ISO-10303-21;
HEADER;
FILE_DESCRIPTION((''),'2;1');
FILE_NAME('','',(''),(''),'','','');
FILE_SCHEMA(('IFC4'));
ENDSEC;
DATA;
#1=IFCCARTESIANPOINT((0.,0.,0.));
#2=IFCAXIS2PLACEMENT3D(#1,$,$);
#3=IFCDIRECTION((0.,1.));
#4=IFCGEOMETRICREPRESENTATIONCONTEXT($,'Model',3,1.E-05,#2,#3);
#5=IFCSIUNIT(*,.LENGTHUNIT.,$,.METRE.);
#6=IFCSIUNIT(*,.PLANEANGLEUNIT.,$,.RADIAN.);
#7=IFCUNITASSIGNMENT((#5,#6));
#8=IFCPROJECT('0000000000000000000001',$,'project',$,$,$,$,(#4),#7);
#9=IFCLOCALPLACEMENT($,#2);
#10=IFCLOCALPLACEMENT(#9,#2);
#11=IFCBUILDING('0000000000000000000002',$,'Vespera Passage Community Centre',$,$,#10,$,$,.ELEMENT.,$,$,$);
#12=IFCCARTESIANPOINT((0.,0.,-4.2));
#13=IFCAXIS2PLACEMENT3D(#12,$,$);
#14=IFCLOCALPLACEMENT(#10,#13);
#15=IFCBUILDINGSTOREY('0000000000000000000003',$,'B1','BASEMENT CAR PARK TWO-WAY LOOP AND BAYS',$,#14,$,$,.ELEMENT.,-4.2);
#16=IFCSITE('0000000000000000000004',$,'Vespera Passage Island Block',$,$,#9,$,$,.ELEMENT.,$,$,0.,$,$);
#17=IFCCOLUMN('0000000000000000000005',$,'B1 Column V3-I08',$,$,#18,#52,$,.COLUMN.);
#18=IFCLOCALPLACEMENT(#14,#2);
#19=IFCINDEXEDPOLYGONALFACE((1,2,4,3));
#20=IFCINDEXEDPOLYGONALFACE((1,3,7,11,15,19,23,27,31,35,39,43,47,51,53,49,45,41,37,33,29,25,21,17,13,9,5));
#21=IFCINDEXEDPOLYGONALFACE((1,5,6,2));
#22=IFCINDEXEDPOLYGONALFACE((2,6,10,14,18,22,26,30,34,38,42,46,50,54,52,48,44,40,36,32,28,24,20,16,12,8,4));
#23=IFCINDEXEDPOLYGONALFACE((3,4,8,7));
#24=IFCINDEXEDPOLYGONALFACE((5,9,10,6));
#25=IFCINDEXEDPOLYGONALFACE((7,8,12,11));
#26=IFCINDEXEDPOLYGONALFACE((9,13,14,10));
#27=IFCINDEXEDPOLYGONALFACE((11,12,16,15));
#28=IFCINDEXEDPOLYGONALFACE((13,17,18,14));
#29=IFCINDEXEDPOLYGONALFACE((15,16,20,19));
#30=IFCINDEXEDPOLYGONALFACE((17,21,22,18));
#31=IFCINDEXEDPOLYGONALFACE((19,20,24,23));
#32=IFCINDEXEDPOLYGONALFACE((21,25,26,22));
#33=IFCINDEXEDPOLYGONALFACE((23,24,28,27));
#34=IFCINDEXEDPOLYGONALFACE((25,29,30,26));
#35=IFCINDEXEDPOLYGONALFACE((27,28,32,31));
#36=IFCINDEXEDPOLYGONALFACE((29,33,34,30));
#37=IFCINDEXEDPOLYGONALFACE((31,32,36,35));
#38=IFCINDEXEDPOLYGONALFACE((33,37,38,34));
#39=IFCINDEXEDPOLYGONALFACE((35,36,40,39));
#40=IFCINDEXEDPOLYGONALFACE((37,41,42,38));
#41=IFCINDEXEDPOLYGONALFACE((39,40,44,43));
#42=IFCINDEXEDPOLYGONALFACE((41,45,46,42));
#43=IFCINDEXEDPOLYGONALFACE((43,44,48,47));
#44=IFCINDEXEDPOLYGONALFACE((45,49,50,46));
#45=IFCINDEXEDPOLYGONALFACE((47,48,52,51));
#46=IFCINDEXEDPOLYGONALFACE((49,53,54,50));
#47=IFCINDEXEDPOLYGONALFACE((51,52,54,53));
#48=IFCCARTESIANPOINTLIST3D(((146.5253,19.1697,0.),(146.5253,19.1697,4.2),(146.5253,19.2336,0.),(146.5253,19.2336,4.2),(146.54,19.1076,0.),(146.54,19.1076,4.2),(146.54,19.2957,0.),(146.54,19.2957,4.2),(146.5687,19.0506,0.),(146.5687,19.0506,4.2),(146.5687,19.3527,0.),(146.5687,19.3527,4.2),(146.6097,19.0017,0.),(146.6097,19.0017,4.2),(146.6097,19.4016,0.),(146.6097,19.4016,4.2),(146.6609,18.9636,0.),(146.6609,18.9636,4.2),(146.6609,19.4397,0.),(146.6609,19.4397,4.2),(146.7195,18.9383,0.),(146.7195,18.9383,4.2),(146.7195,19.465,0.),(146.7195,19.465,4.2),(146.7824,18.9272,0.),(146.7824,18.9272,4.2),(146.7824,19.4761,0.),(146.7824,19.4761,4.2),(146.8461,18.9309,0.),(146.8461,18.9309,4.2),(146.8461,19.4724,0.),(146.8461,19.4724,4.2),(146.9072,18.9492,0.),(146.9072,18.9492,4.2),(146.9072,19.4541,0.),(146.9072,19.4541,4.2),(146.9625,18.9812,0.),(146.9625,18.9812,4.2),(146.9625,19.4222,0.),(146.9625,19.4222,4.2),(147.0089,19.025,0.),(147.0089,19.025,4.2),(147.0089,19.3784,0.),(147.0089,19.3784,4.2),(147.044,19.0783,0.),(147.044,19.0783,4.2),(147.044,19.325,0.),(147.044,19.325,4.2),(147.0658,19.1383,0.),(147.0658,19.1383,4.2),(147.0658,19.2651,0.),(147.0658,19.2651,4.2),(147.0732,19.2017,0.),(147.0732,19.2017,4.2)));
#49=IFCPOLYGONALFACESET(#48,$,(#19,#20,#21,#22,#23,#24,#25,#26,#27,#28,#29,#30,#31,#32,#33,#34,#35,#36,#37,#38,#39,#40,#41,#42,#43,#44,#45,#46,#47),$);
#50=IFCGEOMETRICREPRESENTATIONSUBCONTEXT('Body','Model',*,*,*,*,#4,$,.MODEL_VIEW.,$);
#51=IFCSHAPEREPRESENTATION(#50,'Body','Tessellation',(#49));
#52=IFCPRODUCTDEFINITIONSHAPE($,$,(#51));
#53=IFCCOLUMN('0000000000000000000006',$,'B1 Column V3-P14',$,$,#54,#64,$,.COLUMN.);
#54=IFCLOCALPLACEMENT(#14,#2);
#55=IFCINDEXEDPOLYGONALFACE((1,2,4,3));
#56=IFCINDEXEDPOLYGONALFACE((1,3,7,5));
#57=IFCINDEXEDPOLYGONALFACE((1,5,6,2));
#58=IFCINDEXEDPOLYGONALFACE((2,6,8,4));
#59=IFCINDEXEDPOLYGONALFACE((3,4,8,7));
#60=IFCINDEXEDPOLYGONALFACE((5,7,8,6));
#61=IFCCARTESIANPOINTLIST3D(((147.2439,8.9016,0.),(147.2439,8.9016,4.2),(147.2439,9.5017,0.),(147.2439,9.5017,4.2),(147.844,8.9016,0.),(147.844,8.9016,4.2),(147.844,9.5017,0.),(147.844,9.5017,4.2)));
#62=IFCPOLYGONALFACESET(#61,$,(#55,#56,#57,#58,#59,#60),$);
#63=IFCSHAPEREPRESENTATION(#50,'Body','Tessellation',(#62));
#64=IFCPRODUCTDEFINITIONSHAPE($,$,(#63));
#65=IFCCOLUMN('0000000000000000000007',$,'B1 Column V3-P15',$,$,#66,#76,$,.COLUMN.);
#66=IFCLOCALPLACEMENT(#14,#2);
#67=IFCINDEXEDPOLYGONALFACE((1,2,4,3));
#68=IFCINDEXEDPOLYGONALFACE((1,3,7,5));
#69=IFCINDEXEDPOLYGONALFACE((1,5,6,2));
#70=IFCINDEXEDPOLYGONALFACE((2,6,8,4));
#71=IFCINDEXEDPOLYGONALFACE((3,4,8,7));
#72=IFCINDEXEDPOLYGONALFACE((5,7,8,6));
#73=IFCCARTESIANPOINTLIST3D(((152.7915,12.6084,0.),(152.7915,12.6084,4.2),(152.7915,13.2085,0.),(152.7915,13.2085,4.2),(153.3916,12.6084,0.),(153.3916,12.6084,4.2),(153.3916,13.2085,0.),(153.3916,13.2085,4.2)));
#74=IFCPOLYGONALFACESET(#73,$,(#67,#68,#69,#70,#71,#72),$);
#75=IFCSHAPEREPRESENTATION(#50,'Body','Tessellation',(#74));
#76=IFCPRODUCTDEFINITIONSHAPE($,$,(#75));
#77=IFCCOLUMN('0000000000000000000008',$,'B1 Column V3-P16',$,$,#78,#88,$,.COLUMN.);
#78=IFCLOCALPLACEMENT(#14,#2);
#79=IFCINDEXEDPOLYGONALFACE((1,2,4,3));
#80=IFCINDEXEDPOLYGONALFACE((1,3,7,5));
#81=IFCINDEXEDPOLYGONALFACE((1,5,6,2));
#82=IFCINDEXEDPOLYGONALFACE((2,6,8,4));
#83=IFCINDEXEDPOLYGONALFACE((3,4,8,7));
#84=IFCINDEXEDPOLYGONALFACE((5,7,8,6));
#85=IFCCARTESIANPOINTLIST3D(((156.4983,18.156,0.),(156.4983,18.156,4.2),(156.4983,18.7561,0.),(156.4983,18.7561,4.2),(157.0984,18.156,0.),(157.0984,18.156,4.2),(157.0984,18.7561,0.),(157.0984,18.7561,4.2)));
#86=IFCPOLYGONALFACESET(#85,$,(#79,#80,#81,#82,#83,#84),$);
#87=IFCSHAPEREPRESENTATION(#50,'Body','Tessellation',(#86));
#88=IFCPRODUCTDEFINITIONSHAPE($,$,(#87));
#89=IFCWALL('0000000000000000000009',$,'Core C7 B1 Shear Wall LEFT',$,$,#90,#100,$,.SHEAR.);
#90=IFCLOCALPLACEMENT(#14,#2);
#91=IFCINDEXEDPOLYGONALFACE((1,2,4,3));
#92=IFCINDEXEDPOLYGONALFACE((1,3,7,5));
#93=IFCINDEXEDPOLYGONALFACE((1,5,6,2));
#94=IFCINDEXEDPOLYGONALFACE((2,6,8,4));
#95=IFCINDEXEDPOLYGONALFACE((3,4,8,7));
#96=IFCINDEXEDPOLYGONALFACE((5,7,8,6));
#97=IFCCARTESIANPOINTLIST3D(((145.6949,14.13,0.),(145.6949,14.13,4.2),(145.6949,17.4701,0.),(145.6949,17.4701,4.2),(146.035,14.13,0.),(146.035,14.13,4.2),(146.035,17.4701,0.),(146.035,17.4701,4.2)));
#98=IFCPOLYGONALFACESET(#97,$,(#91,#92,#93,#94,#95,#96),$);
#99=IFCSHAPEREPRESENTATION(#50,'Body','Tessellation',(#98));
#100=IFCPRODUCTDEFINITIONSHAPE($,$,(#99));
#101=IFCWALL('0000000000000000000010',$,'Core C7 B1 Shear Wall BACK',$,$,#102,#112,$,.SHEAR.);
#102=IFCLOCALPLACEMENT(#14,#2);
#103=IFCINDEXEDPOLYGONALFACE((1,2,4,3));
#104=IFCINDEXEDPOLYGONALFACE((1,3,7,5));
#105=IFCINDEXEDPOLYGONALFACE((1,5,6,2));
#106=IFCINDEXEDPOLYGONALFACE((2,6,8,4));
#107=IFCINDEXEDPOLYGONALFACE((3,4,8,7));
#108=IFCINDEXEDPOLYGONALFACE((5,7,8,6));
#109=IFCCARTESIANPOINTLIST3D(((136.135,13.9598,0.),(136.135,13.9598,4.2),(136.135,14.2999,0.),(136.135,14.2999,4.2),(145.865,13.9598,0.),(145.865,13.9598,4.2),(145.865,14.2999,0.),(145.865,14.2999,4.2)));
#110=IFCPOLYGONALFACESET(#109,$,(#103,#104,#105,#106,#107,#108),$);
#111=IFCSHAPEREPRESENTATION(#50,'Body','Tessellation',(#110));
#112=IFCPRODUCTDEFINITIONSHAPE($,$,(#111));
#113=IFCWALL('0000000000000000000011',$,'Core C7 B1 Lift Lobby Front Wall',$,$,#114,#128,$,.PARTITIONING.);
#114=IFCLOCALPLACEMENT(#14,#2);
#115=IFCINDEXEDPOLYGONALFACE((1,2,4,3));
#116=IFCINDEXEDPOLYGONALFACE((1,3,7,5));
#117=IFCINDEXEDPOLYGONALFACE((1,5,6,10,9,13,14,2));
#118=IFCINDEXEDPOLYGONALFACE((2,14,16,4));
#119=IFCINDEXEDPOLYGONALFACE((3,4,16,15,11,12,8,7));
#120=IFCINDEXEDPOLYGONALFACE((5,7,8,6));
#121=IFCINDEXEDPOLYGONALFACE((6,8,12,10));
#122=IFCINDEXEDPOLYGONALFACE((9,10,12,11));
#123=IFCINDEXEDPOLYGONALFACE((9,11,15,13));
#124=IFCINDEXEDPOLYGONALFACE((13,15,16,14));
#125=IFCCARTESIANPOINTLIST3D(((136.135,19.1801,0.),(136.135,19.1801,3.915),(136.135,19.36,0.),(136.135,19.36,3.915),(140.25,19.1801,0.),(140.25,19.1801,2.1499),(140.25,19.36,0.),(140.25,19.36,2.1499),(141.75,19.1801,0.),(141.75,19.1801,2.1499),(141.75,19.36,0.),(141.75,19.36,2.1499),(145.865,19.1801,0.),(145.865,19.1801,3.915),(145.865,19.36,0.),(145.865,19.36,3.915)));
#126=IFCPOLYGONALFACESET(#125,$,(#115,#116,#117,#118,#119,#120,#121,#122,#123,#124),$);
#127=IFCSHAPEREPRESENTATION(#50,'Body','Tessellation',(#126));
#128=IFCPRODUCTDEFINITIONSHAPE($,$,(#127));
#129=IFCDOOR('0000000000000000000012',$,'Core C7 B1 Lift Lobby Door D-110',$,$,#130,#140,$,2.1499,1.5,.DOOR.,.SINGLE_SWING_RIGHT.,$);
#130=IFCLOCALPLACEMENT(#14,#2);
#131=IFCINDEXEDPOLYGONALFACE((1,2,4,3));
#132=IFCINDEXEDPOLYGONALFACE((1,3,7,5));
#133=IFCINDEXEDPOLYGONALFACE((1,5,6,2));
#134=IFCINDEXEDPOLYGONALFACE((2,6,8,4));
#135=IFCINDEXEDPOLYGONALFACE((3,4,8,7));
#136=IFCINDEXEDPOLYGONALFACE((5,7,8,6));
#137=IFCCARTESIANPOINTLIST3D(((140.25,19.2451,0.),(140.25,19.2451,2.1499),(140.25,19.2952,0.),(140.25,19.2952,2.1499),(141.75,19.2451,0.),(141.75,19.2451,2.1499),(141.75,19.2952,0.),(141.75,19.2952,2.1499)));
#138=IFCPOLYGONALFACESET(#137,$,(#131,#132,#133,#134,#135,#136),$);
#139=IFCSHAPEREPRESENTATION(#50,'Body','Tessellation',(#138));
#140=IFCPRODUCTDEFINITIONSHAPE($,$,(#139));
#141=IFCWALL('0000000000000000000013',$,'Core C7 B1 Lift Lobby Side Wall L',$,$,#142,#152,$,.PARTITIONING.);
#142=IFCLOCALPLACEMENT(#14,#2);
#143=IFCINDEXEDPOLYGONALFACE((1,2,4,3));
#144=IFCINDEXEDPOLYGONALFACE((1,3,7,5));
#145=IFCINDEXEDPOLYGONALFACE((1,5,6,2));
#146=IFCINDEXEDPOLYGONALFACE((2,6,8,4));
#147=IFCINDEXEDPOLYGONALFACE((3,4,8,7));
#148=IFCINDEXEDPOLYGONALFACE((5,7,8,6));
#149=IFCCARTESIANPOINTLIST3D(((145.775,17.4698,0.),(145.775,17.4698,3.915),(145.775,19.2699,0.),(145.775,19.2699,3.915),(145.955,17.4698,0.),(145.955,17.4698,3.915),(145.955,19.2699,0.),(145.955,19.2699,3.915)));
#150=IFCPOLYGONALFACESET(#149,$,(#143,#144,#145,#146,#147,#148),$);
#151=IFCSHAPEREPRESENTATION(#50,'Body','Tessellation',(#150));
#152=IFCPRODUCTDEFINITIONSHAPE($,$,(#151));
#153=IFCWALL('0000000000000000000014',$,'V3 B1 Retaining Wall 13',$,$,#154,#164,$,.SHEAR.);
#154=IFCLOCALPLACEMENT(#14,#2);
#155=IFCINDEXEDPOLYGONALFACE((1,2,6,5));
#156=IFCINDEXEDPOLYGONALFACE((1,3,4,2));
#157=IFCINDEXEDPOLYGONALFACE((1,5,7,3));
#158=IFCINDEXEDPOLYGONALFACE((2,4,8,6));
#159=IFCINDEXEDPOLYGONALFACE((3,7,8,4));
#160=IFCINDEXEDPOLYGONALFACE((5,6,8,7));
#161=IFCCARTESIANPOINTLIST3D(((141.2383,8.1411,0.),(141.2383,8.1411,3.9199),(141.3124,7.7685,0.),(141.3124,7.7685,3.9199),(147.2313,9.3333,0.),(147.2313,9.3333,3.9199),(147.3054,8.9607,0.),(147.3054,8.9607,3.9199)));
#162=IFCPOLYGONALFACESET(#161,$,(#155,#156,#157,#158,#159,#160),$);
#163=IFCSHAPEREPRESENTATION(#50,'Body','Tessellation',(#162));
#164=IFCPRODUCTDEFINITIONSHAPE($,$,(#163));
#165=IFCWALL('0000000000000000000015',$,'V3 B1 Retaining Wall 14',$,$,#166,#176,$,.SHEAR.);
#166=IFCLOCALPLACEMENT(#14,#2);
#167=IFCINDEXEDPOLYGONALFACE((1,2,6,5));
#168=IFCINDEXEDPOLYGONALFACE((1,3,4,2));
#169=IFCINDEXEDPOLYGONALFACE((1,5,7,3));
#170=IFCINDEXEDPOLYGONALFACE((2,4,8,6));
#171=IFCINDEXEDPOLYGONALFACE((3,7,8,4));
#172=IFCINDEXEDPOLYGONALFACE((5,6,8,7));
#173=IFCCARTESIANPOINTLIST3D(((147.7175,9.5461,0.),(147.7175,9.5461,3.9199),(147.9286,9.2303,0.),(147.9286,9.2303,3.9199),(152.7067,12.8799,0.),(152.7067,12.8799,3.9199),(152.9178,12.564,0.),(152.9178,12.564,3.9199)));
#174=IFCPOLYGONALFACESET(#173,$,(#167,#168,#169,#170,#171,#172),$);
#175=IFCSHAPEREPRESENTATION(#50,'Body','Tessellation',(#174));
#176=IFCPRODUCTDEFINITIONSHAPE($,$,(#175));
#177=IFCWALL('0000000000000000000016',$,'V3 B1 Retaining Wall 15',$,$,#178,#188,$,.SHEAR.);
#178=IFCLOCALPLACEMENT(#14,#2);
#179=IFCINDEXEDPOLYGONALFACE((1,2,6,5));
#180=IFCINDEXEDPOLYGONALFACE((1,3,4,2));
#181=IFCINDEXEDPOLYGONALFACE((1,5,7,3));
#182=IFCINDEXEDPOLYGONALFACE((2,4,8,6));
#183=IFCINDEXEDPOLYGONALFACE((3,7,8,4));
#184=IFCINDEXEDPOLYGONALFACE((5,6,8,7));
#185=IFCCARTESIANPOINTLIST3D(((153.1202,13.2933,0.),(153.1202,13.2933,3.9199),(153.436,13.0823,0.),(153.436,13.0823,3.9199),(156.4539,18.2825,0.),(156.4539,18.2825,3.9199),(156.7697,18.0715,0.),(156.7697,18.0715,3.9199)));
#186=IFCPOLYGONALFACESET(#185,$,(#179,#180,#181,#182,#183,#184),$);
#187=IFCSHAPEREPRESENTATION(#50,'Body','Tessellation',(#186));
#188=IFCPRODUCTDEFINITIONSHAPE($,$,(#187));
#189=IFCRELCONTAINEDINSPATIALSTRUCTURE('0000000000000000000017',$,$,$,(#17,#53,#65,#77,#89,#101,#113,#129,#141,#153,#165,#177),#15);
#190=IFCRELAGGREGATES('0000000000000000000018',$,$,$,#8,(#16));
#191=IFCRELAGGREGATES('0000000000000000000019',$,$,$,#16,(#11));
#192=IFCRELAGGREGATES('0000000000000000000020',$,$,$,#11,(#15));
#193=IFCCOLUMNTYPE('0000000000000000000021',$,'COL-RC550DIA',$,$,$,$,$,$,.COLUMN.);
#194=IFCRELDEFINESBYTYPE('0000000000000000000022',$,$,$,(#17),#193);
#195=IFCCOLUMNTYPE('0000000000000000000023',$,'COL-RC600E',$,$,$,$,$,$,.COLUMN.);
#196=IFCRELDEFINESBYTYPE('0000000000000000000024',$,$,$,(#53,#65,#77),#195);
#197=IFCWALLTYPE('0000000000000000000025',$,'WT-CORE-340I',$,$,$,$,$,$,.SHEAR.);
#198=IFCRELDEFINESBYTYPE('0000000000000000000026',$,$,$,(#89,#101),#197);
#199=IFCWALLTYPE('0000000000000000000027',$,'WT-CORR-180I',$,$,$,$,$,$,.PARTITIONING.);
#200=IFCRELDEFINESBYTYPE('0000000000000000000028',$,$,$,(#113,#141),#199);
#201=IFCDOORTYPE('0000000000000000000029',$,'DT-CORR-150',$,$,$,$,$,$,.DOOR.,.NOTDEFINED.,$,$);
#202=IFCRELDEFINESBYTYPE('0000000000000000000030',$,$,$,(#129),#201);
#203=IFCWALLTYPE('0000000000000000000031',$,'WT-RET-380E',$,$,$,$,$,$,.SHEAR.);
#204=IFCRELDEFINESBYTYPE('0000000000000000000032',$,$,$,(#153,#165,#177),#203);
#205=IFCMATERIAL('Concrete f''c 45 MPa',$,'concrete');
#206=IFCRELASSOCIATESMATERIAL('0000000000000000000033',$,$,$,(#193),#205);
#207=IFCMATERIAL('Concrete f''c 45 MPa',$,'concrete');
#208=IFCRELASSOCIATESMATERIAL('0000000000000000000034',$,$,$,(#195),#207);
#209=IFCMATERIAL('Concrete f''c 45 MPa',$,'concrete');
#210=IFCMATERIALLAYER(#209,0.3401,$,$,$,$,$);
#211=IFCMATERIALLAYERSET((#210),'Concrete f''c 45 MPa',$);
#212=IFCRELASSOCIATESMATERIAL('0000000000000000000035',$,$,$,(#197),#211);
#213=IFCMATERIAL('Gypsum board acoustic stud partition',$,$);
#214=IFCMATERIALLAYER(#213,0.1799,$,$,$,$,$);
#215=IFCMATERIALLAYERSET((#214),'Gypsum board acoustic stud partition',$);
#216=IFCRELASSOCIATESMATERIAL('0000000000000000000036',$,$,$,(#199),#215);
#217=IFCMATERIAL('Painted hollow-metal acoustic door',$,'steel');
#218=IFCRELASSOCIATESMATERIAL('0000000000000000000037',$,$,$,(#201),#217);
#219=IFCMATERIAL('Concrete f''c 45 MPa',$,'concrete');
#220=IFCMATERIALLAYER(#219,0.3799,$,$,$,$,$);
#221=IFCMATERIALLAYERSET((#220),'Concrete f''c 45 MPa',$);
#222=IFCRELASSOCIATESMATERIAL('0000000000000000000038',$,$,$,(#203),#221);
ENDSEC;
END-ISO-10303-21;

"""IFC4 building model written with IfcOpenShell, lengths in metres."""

from ifc_helpers import new_model, si_unit, direction, frame, frame_2d, origin, origin_2d, place, context, subcontext, project, spatial, rectangle, circle, extrude, material, layer, layer_set, material_profile, profile_set, type_object, element, fill, save


model = new_model("IFC4")

# Units and contexts
model_context = context("Model", 3, precision=1e-05, world=origin(), true_north=direction((0.0, 1.0)))
body_context = subcontext(model_context, "Body", "Model", "MODEL_VIEW")
ifc_project = project(units=[si_unit("LENGTHUNIT", "METRE"), si_unit("PLANEANGLEUNIT", "RADIAN")], contexts=[model_context])

# Site, building, storey
site_placement = place(None, origin())
site = spatial("IfcSite", under=ifc_project, at=site_placement, Name="Vespera Passage Island Block", CompositionType="ELEMENT", RefElevation=0.0)
building_placement = place(site_placement, origin())
building = spatial("IfcBuilding", under=site, at=building_placement, Name="Vespera Passage Community Centre", CompositionType="ELEMENT")
storey_placement = place(building_placement, frame((0.0, 0.0, -4.2)))
storey = spatial("IfcBuildingStorey", under=building, at=storey_placement, Name="B1", Description="BASEMENT CAR PARK TWO-WAY LOOP AND BAYS", CompositionType="ELEMENT", Elevation=-4.2)

# Columns
ifc_material_1 = material(Name="Concrete f'c 45 MPa", Category="concrete")
ifc_material_profile_1 = material_profile(ifc_material_1, circle(Radius=0.2749, at=origin_2d()), Name="RC550DIA")
ifc_profile_set_1 = profile_set([ifc_material_profile_1], Name="Concrete f'c 45 MPa")
column_type_1 = type_object("IfcColumnType", Name="COL-RC550DIA", PredefinedType="COLUMN", material=ifc_profile_set_1)
column_placement = place(storey_placement, frame((146.7983, 19.2017, 0.0), z_axis=(0.0, 0.0, 1.0), x_axis=(1.0, 0.0, 0.0)))
element("IfcColumn", 1, at=column_placement, inside=storey, type_object=column_type_1, Name="B1 Column V3-I08", PredefinedType="COLUMN", context=body_context, shape_type="SweptSolid", body=[
    extrude(circle(Radius=0.2749, at=origin_2d()), origin(), (0.0, 0.0, 1.0), 4.2),
])
ifc_material_2 = material(Name="Concrete f'c 45 MPa", Category="concrete")
ifc_material_profile_2 = material_profile(ifc_material_2, rectangle(XDim=0.6001, YDim=0.6001, at=origin_2d()), Name="RC600X600")
ifc_profile_set_2 = profile_set([ifc_material_profile_2], Name="Concrete f'c 45 MPa")
column_type_2 = type_object("IfcColumnType", Name="COL-RC600E", PredefinedType="COLUMN", material=ifc_profile_set_2)
for number, where, z_axis, x_axis, name in (
    (2, (147.5439, 9.2017, 0.0), (0.0, 0.0, 1.0), (1.0, 0.0, 0.0), "B1 Column V3-P14"),
    (3, (153.0916, 12.9084, 0.0), (0.0, 0.0, 1.0), (1.0, 0.0, 0.0), "B1 Column V3-P15"),
    (4, (156.7983, 18.4561, 0.0), (0.0, 0.0, 1.0), (1.0, 0.0, 0.0), "B1 Column V3-P16"),
):
    element("IfcColumn", number, at=place(storey_placement, frame(where, z_axis=z_axis, x_axis=x_axis)), inside=storey, type_object=column_type_2, Name=name, PredefinedType="COLUMN", context=body_context, shape_type="SweptSolid", body=[
        extrude(rectangle(XDim=0.6001, YDim=0.6001, at=origin_2d()), origin(), (0.0, 0.0, 1.0), 4.2),
    ])

# Walls
ifc_material_3 = material(Name="Concrete f'c 45 MPa", Category="concrete")
ifc_layer_1 = layer(ifc_material_3, 0.3401)
ifc_layer_set_1 = layer_set([ifc_layer_1], Name="Concrete f'c 45 MPa")
wall_type_1 = type_object("IfcWallType", Name="WT-CORE-340I", PredefinedType="SHEAR", material=ifc_layer_set_1)
wall_1_placement = place(storey_placement, frame((145.865, 17.47, 0.0), z_axis=(0.0, 0.0, 1.0), x_axis=(0.0, -1.0, 0.0)))
element("IfcWall", 5, at=wall_1_placement, inside=storey, type_object=wall_type_1, Name="Core C7 B1 Shear Wall LEFT", PredefinedType="SHEAR", context=body_context, shape_type="SweptSolid", body=[
    extrude(rectangle(XDim=3.3401, YDim=0.3401, at=frame_2d((1.6699, 0.0))), origin(), (0.0, 0.0, 1.0), 4.2),
])
wall_2_placement = place(storey_placement, frame((145.865, 14.1299, 0.0), z_axis=(0.0, 0.0, 1.0), x_axis=(-1.0, 0.0, 0.0)))
element("IfcWall", 6, at=wall_2_placement, inside=storey, type_object=wall_type_1, Name="Core C7 B1 Shear Wall BACK", PredefinedType="SHEAR", context=body_context, shape_type="SweptSolid", body=[
    extrude(rectangle(XDim=9.73, YDim=0.3401, at=frame_2d((4.865, 0.0))), origin(), (0.0, 0.0, 1.0), 4.2),
])

# Wall, opening, door
ifc_material_4 = material(Name="Gypsum board acoustic stud partition")
ifc_layer_2 = layer(ifc_material_4, 0.1799)
ifc_layer_set_2 = layer_set([ifc_layer_2], Name="Gypsum board acoustic stud partition")
wall_type_2 = type_object("IfcWallType", Name="WT-CORR-180I", PredefinedType="PARTITIONING", material=ifc_layer_set_2)
wall_3_placement = place(storey_placement, frame((145.865, 19.27, 0.0), z_axis=(0.0, 0.0, 1.0), x_axis=(-1.0, 0.0, 0.0)))
wall_3 = element("IfcWall", 7, at=wall_3_placement, inside=storey, type_object=wall_type_2, Name="Core C7 B1 Lift Lobby Front Wall", PredefinedType="PARTITIONING", context=body_context, shape_type="SweptSolid", body=[
    extrude(rectangle(XDim=9.73, YDim=0.1799, at=frame_2d((4.865, 0.0))), origin(), (0.0, 0.0, 1.0), 3.915),
])
opening_placement = place(wall_3_placement, frame((4.115, 0.0, 0.0)))
opening = element("IfcOpeningElement", 8, at=opening_placement, cuts=wall_3, PredefinedType="OPENING", context=body_context, shape_type="SweptSolid", body=[
    extrude(rectangle(XDim=1.5, YDim=2.1499, at=frame_2d((0.75, 1.075))), frame((0.0, 0.0999, 0.0), z_axis=(0.0, -1.0, 0.0), x_axis=(1.0, 0.0, 0.0)), (0.0, 0.0, 1.0), 0.2),
])
ifc_material_5 = material(Name="Painted hollow-metal acoustic door", Category="steel")
door_type = type_object("IfcDoorType", Name="DT-CORR-150", OperationType="NOTDEFINED", PredefinedType="DOOR", material=ifc_material_5)
door_placement = place(opening_placement, origin())
door = element("IfcDoor", 9, at=door_placement, inside=storey, type_object=door_type, Name="Core C7 B1 Lift Lobby Door D-110", OperationType="SINGLE_SWING_RIGHT", OverallHeight=2.1499, OverallWidth=1.5, PredefinedType="DOOR", context=body_context, shape_type="SweptSolid", body=[
    extrude(rectangle(XDim=1.5, YDim=2.1499, at=frame_2d((0.75, 1.075))), frame((0.0, 0.0249, 0.0), z_axis=(0.0, -1.0, 0.0), x_axis=(1.0, 0.0, 0.0)), (0.0, 0.0, 1.0), 0.05),
])
fill(opening, door)

# Walls
wall_4_placement = place(storey_placement, frame((145.865, 17.47, 0.0), z_axis=(0.0, 0.0, 1.0), x_axis=(0.0, 1.0, 0.0)))
element("IfcWall", 10, at=wall_4_placement, inside=storey, type_object=wall_type_2, Name="Core C7 B1 Lift Lobby Side Wall L", PredefinedType="PARTITIONING", context=body_context, shape_type="SweptSolid", body=[
    extrude(rectangle(XDim=1.8, YDim=0.1799, at=frame_2d((0.8999, 0.0))), origin(), (0.0, 0.0, 1.0), 3.915),
])
ifc_material_6 = material(Name="Concrete f'c 45 MPa", Category="concrete")
ifc_layer_3 = layer(ifc_material_6, 0.3799)
ifc_layer_set_3 = layer_set([ifc_layer_3], Name="Concrete f'c 45 MPa")
wall_type_3 = type_object("IfcWallType", Name="WT-RET-380E", PredefinedType="SHEAR", material=ifc_layer_set_3)
wall_5_placement = place(storey_placement, frame((147.2683, 9.147, 0.0), z_axis=(0.0, 0.0, 1.0), x_axis=(-0.980783, -0.195102, 0.0)))
element("IfcWall", 11, at=wall_5_placement, inside=storey, type_object=wall_type_3, Name="V3 B1 Retaining Wall 13", PredefinedType="SHEAR", context=body_context, shape_type="SweptSolid", body=[
    extrude(rectangle(XDim=6.1104, YDim=0.3799, at=frame_2d((3.0552, 0.0))), origin(), (0.0, 0.0, 1.0), 3.9199),
])
for number, where, z_axis, x_axis, name in (
    (12, (152.8123, 12.7219, 0.0), (0.0, 0.0, 1.0), (-0.831468, -0.555573, 0.0), "V3 B1 Retaining Wall 14"),
    (13, (156.6118, 18.177, 0.0), (0.0, 0.0, 1.0), (-0.555573, -0.831468, 0.0), "V3 B1 Retaining Wall 15"),
):
    element("IfcWall", number, at=place(storey_placement, frame(where, z_axis=z_axis, x_axis=x_axis)), inside=storey, type_object=wall_type_3, Name=name, PredefinedType="SHEAR", context=body_context, shape_type="SweptSolid", body=[
        extrude(rectangle(XDim=6.0005, YDim=0.3799, at=frame_2d((3.0002, 0.0))), origin(), (0.0, 0.0, 1.0), 3.9199),
    ])

save(model, "model.ifc")
